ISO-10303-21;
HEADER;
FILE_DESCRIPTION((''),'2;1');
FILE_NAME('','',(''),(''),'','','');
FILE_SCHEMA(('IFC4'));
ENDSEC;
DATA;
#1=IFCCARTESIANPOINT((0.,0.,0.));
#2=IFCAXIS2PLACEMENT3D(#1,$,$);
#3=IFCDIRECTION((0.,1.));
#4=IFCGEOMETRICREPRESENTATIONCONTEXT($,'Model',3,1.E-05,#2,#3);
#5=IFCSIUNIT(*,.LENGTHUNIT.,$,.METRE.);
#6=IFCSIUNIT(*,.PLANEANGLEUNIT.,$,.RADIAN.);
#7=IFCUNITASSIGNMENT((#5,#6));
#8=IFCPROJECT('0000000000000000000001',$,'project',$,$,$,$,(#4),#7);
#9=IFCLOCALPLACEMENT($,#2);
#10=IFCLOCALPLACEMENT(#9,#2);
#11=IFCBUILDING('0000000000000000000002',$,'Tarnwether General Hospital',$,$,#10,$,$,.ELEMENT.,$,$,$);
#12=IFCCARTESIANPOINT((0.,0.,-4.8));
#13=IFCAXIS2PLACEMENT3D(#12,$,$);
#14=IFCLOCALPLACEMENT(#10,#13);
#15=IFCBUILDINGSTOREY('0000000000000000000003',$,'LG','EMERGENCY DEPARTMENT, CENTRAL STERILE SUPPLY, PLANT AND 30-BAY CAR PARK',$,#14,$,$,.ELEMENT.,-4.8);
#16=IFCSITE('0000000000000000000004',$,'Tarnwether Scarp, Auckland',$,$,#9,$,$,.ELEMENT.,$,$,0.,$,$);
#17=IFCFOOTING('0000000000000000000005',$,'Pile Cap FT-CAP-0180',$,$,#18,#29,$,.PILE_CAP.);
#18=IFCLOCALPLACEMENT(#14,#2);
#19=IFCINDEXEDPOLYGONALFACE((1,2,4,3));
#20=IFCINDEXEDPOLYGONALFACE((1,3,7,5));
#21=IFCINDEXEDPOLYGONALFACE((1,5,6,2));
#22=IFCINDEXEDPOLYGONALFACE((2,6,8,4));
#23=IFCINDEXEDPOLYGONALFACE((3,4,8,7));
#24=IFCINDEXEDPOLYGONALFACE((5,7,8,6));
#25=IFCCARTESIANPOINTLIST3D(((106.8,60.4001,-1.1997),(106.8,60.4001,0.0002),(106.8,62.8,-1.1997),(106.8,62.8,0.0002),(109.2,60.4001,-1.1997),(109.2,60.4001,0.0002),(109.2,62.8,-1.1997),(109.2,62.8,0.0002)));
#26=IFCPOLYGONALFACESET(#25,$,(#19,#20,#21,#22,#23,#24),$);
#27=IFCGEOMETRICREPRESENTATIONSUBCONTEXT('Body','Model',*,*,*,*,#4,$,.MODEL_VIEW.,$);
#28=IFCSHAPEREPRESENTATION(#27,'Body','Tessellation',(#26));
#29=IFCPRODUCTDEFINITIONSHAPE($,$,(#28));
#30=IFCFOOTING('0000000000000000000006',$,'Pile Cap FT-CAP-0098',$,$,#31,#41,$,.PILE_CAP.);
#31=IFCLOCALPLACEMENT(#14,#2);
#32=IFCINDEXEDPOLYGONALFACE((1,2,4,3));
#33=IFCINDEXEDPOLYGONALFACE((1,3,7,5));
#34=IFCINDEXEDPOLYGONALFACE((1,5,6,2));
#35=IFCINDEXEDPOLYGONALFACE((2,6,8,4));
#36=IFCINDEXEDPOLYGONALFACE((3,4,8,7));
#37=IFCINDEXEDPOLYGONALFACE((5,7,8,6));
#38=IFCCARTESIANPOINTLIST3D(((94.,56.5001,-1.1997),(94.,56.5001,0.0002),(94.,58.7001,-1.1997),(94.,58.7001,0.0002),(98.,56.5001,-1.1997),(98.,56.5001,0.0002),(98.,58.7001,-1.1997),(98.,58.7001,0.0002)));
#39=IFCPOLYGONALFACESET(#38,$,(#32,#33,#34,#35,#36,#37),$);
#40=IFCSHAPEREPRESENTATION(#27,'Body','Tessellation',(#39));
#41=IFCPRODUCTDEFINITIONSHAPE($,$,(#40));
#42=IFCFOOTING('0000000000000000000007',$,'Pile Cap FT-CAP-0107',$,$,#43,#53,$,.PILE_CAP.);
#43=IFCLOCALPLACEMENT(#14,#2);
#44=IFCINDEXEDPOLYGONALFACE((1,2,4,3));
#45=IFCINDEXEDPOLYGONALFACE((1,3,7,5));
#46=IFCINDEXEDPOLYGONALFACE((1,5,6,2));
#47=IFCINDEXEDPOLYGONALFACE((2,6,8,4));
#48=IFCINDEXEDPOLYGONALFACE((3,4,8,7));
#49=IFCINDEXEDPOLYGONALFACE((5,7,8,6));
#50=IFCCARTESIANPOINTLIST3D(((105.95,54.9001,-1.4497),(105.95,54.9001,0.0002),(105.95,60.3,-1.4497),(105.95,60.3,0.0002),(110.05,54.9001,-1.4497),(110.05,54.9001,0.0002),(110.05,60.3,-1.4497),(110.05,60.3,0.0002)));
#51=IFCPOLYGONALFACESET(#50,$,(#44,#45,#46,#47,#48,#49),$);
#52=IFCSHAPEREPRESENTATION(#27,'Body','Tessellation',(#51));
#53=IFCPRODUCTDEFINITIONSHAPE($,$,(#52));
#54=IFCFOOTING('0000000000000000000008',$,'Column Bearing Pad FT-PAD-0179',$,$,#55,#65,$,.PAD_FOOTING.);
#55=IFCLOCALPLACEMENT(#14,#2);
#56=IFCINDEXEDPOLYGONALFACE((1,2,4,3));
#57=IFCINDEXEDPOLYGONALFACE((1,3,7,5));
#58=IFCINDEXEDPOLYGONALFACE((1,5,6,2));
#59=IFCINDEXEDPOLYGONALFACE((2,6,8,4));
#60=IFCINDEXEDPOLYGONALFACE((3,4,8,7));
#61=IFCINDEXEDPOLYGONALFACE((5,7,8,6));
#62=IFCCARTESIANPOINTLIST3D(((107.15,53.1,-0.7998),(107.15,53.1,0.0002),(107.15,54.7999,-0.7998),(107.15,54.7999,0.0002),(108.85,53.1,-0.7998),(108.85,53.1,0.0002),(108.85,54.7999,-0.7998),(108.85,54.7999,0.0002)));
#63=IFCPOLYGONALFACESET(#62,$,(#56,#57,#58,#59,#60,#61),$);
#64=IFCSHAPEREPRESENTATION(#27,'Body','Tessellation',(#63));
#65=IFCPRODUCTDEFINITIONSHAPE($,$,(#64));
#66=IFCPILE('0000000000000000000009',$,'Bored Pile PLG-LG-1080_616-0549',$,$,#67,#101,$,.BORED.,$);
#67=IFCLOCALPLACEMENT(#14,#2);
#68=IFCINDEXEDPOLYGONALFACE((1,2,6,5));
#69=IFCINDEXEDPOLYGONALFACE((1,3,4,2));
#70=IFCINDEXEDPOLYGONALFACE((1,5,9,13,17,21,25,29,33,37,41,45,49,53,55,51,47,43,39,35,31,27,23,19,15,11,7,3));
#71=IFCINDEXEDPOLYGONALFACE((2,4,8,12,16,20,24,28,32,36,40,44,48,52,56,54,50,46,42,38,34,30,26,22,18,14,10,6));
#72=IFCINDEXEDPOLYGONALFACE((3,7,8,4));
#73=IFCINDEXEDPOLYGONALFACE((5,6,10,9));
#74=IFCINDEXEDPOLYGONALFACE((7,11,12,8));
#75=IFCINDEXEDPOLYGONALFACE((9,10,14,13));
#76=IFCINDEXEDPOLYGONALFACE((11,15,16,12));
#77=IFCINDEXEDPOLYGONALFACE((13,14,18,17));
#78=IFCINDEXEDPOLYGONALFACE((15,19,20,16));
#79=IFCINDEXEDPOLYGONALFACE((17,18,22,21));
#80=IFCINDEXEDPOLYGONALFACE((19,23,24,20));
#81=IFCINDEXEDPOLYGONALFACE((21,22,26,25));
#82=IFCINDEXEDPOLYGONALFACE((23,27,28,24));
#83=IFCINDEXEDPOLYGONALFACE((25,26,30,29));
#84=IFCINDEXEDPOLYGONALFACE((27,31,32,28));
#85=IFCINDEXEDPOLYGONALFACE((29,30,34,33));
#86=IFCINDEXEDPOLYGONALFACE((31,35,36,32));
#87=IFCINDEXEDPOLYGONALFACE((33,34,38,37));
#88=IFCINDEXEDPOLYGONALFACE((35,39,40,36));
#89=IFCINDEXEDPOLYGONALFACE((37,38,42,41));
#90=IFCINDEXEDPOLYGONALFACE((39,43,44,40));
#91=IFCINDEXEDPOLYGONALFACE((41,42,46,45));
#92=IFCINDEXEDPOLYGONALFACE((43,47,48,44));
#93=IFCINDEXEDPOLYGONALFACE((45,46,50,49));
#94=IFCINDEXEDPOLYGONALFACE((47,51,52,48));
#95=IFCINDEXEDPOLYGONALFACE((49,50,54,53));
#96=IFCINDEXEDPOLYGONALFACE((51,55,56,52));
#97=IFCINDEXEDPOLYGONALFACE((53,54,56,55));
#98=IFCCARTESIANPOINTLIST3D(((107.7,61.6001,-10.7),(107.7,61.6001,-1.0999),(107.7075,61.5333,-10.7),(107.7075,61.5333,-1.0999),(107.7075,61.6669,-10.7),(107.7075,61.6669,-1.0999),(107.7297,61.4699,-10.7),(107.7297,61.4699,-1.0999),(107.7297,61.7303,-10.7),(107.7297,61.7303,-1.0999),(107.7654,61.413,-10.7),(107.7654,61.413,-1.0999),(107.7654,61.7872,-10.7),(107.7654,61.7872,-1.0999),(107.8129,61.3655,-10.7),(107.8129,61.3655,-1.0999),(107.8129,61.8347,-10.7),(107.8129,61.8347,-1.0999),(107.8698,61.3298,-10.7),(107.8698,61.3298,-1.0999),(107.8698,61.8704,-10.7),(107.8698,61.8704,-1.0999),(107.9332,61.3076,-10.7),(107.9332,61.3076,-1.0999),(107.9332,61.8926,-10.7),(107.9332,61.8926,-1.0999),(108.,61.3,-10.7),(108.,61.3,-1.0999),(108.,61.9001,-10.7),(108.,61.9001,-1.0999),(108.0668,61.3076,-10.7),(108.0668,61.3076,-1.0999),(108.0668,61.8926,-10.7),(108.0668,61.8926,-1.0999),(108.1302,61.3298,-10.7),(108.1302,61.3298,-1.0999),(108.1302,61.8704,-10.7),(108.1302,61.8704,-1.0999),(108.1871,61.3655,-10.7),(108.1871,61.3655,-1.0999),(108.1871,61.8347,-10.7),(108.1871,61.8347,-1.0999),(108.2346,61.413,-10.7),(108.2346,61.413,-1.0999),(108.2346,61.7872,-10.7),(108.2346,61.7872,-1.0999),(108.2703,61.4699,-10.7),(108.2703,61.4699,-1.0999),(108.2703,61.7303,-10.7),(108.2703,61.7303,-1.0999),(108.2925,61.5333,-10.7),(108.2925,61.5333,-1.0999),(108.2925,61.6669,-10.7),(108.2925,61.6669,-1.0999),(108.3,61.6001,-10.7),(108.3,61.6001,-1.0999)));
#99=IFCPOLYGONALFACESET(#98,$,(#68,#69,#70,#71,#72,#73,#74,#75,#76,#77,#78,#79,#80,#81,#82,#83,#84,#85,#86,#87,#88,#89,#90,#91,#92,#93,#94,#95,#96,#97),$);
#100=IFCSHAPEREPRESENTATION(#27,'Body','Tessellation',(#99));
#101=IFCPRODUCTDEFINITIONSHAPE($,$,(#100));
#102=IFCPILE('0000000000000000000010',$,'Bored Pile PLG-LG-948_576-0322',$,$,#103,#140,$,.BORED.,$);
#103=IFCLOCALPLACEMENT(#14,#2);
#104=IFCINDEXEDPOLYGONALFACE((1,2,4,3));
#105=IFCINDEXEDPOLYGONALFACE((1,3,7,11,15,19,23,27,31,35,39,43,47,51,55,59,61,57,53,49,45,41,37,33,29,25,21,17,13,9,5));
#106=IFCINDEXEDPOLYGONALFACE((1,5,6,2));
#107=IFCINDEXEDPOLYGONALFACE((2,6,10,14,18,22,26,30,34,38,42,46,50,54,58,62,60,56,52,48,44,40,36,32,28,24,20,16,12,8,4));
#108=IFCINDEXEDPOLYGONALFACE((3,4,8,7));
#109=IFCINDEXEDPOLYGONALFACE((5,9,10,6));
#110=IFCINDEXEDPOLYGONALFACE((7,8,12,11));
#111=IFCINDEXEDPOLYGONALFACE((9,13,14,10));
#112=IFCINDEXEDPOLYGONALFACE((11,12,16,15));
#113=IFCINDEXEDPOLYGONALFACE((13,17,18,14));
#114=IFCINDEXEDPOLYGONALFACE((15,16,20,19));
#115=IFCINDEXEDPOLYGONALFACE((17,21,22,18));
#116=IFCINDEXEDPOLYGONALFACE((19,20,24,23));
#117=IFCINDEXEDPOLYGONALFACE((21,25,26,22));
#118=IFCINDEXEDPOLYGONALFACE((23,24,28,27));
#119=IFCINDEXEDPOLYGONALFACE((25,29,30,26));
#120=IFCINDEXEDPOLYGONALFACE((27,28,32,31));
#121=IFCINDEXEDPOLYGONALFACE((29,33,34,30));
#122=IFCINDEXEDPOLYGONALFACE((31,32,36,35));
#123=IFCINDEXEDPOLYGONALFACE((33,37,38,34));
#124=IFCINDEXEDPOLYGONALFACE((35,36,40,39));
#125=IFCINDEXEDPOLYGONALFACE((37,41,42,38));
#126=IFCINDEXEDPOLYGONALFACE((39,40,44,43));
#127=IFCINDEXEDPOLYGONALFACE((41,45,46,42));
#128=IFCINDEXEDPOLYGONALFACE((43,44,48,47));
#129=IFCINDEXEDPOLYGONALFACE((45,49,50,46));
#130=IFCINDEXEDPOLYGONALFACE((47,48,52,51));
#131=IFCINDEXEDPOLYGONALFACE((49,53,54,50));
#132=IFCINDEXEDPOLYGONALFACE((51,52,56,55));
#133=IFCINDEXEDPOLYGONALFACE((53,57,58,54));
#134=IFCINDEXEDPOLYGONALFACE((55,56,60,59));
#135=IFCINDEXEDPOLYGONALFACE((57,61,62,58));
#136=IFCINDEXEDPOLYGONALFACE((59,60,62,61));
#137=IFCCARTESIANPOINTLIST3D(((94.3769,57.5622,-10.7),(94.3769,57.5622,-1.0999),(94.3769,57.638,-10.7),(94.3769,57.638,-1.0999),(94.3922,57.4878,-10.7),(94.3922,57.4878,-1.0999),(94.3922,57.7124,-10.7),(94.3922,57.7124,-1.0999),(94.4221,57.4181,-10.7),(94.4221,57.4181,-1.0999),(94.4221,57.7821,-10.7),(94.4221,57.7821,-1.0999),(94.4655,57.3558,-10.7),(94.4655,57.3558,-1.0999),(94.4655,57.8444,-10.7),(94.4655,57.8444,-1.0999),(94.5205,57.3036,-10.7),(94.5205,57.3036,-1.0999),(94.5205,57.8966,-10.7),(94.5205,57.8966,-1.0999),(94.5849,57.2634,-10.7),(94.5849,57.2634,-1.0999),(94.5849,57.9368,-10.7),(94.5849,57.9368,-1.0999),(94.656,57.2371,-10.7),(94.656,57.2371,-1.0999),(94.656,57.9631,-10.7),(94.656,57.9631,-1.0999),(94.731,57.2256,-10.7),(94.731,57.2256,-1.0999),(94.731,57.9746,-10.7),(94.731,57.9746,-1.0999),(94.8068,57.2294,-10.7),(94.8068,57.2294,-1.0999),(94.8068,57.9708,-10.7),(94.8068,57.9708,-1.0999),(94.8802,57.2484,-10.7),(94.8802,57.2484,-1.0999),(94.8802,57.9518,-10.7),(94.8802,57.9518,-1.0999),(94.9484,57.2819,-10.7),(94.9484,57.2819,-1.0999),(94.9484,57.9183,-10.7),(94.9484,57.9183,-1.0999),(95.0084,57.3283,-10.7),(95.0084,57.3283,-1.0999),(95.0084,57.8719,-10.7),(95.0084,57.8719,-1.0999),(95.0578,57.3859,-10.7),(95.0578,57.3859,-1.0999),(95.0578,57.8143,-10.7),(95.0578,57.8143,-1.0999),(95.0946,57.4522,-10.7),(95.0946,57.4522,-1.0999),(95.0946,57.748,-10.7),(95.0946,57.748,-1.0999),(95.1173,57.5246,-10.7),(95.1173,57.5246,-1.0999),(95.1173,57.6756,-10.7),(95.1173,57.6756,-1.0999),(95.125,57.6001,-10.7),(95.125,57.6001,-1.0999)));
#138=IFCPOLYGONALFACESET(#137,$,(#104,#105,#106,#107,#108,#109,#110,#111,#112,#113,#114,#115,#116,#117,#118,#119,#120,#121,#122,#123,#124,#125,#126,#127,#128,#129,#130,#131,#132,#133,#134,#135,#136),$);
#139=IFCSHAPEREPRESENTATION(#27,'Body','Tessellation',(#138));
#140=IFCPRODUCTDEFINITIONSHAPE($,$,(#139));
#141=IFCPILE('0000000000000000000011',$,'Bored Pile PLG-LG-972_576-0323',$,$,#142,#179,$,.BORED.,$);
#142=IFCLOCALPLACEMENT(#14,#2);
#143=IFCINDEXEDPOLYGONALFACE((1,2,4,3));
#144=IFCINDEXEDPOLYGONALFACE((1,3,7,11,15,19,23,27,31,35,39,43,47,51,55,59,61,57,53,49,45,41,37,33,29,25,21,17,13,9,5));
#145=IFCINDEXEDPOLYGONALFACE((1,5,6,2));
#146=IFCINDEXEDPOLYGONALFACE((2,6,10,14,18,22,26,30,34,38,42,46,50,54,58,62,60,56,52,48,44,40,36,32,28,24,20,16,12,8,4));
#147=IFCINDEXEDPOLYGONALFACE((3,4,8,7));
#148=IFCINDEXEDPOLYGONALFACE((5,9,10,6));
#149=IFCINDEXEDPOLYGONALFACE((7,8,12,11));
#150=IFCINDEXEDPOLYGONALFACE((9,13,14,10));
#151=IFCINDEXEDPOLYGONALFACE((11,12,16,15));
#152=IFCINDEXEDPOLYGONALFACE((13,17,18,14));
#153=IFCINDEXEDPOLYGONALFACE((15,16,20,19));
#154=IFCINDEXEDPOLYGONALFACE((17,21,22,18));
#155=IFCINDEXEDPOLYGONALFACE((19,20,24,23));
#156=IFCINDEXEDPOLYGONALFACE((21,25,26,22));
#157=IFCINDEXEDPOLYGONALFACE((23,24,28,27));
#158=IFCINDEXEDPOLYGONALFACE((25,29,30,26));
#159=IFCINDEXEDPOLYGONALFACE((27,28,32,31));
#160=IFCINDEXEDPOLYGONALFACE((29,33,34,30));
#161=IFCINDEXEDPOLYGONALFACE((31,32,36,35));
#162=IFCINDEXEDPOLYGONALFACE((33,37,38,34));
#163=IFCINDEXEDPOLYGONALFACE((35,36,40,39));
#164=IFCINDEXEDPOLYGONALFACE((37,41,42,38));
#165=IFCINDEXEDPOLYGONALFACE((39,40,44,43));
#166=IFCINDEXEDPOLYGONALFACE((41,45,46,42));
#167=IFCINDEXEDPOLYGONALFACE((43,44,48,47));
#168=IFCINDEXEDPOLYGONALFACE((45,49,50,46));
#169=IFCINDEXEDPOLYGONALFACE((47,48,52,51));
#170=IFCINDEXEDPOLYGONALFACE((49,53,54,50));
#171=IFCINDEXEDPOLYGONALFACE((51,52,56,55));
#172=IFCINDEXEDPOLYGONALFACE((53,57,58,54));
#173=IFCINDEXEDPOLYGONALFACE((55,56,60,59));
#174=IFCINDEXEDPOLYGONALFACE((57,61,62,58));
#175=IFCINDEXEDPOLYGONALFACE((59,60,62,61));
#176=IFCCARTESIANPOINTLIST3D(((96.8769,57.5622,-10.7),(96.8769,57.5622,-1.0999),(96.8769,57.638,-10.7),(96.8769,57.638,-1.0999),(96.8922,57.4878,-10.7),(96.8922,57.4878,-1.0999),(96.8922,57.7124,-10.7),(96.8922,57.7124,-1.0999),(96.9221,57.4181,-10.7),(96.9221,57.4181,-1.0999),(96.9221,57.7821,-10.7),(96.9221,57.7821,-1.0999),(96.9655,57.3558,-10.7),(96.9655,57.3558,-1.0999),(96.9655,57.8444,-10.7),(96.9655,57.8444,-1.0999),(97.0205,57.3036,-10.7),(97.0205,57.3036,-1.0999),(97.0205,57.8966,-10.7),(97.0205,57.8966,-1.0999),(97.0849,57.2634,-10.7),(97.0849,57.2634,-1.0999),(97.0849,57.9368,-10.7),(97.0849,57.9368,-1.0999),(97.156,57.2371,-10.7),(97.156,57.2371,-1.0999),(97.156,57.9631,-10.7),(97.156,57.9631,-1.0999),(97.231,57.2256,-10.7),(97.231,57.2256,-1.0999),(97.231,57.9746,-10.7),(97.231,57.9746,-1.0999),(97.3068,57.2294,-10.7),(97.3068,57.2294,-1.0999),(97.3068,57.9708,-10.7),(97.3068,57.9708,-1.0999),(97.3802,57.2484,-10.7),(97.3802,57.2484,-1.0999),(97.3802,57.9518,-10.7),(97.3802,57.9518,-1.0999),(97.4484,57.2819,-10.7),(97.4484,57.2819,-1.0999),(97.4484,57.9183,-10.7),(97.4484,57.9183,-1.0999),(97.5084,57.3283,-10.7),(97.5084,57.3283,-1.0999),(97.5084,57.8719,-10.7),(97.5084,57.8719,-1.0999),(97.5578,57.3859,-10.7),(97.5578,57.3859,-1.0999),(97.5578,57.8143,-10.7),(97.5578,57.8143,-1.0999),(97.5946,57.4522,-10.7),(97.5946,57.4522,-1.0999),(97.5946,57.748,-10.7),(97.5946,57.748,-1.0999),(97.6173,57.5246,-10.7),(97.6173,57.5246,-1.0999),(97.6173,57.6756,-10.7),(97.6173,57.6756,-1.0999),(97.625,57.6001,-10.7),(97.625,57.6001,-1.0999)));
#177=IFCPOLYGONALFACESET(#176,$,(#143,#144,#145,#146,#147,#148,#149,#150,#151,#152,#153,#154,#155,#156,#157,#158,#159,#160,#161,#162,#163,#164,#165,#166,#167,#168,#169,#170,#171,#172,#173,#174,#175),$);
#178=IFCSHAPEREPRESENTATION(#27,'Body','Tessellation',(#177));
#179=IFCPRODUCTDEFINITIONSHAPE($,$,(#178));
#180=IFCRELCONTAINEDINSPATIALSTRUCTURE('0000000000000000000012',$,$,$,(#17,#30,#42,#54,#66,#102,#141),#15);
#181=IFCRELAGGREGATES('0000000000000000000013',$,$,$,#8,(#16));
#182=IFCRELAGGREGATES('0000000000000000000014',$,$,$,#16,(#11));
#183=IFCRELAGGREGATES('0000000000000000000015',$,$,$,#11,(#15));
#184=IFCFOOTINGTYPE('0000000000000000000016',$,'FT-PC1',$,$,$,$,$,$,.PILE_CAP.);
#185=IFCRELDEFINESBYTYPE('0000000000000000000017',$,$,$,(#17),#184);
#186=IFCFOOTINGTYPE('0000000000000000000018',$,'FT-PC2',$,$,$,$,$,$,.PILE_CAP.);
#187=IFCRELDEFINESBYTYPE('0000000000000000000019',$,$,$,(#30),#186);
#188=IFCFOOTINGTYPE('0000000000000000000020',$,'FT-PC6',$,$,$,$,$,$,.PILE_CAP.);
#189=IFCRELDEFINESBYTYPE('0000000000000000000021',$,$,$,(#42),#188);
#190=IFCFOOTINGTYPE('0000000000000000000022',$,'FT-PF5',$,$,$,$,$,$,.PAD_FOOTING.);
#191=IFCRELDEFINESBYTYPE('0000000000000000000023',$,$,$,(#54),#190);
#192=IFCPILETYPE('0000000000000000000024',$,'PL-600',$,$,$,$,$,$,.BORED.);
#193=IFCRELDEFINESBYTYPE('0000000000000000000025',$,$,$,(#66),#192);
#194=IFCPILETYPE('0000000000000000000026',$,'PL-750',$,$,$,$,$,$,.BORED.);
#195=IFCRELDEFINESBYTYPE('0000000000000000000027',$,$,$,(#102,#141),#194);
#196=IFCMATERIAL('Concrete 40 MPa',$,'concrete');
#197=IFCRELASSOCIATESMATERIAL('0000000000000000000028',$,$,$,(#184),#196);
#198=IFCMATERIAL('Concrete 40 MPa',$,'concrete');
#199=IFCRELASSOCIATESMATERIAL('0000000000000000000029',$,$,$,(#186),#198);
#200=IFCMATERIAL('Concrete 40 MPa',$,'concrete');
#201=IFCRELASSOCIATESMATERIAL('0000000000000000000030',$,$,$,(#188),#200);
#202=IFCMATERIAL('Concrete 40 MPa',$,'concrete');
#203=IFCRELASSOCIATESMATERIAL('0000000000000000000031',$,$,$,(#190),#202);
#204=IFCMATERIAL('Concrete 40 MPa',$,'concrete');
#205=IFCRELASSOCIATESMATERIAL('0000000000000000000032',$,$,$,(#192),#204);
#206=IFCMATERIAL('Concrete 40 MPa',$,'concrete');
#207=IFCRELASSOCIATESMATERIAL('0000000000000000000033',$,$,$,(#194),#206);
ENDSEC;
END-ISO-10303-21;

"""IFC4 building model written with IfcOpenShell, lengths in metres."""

from ifc_helpers import new_model, si_unit, direction, frame, origin, origin_2d, place, context, subcontext, project, spatial, rectangle, circle, extrude, material, material_profile, profile_set, type_object, element, save


model = new_model("IFC4")

# Units and contexts
model_context = context("Model", 3, precision=1e-05, world=origin(), true_north=direction((0.0, 1.0)))
body_context = subcontext(model_context, "Body", "Model", "MODEL_VIEW")
ifc_project = project(units=[si_unit("LENGTHUNIT", "METRE"), si_unit("PLANEANGLEUNIT", "RADIAN")], contexts=[model_context])

# Site, building, storey
site_placement = place(None, origin())
site = spatial("IfcSite", under=ifc_project, at=site_placement, Name="Tarnwether Scarp, Auckland", CompositionType="ELEMENT", RefElevation=0.0)
building_placement = place(site_placement, origin())
building = spatial("IfcBuilding", under=site, at=building_placement, Name="Tarnwether General Hospital", CompositionType="ELEMENT")
storey_placement = place(building_placement, frame((0.0, 0.0, -4.8)))
storey = spatial("IfcBuildingStorey", under=building, at=storey_placement, Name="LG", Description="EMERGENCY DEPARTMENT, CENTRAL STERILE SUPPLY, PLANT AND 30-BAY CAR PARK", CompositionType="ELEMENT", Elevation=-4.8)

# Footings
ifc_material_1 = material(Name="Concrete 40 MPa", Category="concrete")
footing_type_1 = type_object("IfcFootingType", Name="FT-PC1", PredefinedType="PILE_CAP", material=ifc_material_1)
footing_1_placement = place(storey_placement, frame((108.0, 61.6001, -1.1997), z_axis=(0.0, 0.0, 1.0), x_axis=(1.0, 0.0, 0.0)))
element("IfcFooting", 1, at=footing_1_placement, inside=storey, type_object=footing_type_1, Name="Pile Cap FT-CAP-0180", PredefinedType="PILE_CAP", context=body_context, shape_type="SweptSolid", body=[
    extrude(rectangle(XDim=2.3999, YDim=2.3999, at=origin_2d()), origin(), (0.0, 0.0, 1.0), 1.2),
])
ifc_material_2 = material(Name="Concrete 40 MPa", Category="concrete")
footing_type_2 = type_object("IfcFootingType", Name="FT-PC2", PredefinedType="PILE_CAP", material=ifc_material_2)
footing_2_placement = place(storey_placement, frame((96.0, 57.6001, -1.1997), z_axis=(0.0, 0.0, 1.0), x_axis=(1.0, 0.0, 0.0)))
element("IfcFooting", 2, at=footing_2_placement, inside=storey, type_object=footing_type_2, Name="Pile Cap FT-CAP-0098", PredefinedType="PILE_CAP", context=body_context, shape_type="SweptSolid", body=[
    extrude(rectangle(XDim=4.0, YDim=2.2, at=origin_2d()), origin(), (0.0, 0.0, 1.0), 1.2),
])
ifc_material_3 = material(Name="Concrete 40 MPa", Category="concrete")
footing_type_3 = type_object("IfcFootingType", Name="FT-PC6", PredefinedType="PILE_CAP", material=ifc_material_3)
footing_3_placement = place(storey_placement, frame((108.0, 57.6001, -1.4497), z_axis=(0.0, 0.0, 1.0), x_axis=(0.0, 1.0, 0.0)))
element("IfcFooting", 3, at=footing_3_placement, inside=storey, type_object=footing_type_3, Name="Pile Cap FT-CAP-0107", PredefinedType="PILE_CAP", context=body_context, shape_type="SweptSolid", body=[
    extrude(rectangle(XDim=5.3999, YDim=4.1001, at=origin_2d()), origin(), (0.0, 0.0, 1.0), 1.45),
])
ifc_material_4 = material(Name="Concrete 40 MPa", Category="concrete")
footing_type_4 = type_object("IfcFootingType", Name="FT-PF5", PredefinedType="PAD_FOOTING", material=ifc_material_4)
footing_4_placement = place(storey_placement, frame((108.0, 53.95, -0.7998), z_axis=(0.0, 0.0, 1.0), x_axis=(1.0, 0.0, 0.0)))
element("IfcFooting", 4, at=footing_4_placement, inside=storey, type_object=footing_type_4, Name="Column Bearing Pad FT-PAD-0179", PredefinedType="PAD_FOOTING", context=body_context, shape_type="SweptSolid", body=[
    extrude(rectangle(XDim=1.7, YDim=1.7, at=origin_2d()), origin(), (0.0, 0.0, 1.0), 0.8),
])

# Piles
ifc_material_5 = material(Name="Concrete 40 MPa", Category="concrete")
ifc_material_profile_1 = material_profile(ifc_material_5, circle(Radius=0.3, at=origin_2d()), Name="PILE-D600")
ifc_profile_set_1 = profile_set([ifc_material_profile_1], Name="Concrete 40 MPa")
pile_type_1 = type_object("IfcPileType", Name="PL-600", PredefinedType="BORED", material=ifc_profile_set_1)
pile_placement = place(storey_placement, frame((108.0, 61.6001, -1.0999), z_axis=(0.0, 0.0, -1.0), x_axis=(1.0, 0.0, 0.0)))
element("IfcPile", 5, at=pile_placement, inside=storey, type_object=pile_type_1, Name="Bored Pile PLG-LG-1080_616-0549", PredefinedType="BORED", context=body_context, shape_type="SweptSolid", body=[
    extrude(circle(Radius=0.3, at=origin_2d()), origin(), (0.0, 0.0, 1.0), 9.6001),
])
ifc_material_6 = material(Name="Concrete 40 MPa", Category="concrete")
ifc_material_profile_2 = material_profile(ifc_material_6, circle(Radius=0.375, at=origin_2d()), Name="PILE-D750")
ifc_profile_set_2 = profile_set([ifc_material_profile_2], Name="Concrete 40 MPa")
pile_type_2 = type_object("IfcPileType", Name="PL-750", PredefinedType="BORED", material=ifc_profile_set_2)
for number, where, z_axis, x_axis, name in (
    (6, (94.75, 57.6001, -1.0999), (0.0, 0.0, -1.0), (1.0, 0.0, 0.0), "Bored Pile PLG-LG-948_576-0322"),
    (7, (97.25, 57.6001, -1.0999), (0.0, 0.0, -1.0), (1.0, 0.0, 0.0), "Bored Pile PLG-LG-972_576-0323"),
):
    element("IfcPile", number, at=place(storey_placement, frame(where, z_axis=z_axis, x_axis=x_axis)), inside=storey, type_object=pile_type_2, Name=name, PredefinedType="BORED", context=body_context, shape_type="SweptSolid", body=[
        extrude(circle(Radius=0.375, at=origin_2d()), origin(), (0.0, 0.0, 1.0), 9.6001),
    ])

save(model, "model.ifc")
